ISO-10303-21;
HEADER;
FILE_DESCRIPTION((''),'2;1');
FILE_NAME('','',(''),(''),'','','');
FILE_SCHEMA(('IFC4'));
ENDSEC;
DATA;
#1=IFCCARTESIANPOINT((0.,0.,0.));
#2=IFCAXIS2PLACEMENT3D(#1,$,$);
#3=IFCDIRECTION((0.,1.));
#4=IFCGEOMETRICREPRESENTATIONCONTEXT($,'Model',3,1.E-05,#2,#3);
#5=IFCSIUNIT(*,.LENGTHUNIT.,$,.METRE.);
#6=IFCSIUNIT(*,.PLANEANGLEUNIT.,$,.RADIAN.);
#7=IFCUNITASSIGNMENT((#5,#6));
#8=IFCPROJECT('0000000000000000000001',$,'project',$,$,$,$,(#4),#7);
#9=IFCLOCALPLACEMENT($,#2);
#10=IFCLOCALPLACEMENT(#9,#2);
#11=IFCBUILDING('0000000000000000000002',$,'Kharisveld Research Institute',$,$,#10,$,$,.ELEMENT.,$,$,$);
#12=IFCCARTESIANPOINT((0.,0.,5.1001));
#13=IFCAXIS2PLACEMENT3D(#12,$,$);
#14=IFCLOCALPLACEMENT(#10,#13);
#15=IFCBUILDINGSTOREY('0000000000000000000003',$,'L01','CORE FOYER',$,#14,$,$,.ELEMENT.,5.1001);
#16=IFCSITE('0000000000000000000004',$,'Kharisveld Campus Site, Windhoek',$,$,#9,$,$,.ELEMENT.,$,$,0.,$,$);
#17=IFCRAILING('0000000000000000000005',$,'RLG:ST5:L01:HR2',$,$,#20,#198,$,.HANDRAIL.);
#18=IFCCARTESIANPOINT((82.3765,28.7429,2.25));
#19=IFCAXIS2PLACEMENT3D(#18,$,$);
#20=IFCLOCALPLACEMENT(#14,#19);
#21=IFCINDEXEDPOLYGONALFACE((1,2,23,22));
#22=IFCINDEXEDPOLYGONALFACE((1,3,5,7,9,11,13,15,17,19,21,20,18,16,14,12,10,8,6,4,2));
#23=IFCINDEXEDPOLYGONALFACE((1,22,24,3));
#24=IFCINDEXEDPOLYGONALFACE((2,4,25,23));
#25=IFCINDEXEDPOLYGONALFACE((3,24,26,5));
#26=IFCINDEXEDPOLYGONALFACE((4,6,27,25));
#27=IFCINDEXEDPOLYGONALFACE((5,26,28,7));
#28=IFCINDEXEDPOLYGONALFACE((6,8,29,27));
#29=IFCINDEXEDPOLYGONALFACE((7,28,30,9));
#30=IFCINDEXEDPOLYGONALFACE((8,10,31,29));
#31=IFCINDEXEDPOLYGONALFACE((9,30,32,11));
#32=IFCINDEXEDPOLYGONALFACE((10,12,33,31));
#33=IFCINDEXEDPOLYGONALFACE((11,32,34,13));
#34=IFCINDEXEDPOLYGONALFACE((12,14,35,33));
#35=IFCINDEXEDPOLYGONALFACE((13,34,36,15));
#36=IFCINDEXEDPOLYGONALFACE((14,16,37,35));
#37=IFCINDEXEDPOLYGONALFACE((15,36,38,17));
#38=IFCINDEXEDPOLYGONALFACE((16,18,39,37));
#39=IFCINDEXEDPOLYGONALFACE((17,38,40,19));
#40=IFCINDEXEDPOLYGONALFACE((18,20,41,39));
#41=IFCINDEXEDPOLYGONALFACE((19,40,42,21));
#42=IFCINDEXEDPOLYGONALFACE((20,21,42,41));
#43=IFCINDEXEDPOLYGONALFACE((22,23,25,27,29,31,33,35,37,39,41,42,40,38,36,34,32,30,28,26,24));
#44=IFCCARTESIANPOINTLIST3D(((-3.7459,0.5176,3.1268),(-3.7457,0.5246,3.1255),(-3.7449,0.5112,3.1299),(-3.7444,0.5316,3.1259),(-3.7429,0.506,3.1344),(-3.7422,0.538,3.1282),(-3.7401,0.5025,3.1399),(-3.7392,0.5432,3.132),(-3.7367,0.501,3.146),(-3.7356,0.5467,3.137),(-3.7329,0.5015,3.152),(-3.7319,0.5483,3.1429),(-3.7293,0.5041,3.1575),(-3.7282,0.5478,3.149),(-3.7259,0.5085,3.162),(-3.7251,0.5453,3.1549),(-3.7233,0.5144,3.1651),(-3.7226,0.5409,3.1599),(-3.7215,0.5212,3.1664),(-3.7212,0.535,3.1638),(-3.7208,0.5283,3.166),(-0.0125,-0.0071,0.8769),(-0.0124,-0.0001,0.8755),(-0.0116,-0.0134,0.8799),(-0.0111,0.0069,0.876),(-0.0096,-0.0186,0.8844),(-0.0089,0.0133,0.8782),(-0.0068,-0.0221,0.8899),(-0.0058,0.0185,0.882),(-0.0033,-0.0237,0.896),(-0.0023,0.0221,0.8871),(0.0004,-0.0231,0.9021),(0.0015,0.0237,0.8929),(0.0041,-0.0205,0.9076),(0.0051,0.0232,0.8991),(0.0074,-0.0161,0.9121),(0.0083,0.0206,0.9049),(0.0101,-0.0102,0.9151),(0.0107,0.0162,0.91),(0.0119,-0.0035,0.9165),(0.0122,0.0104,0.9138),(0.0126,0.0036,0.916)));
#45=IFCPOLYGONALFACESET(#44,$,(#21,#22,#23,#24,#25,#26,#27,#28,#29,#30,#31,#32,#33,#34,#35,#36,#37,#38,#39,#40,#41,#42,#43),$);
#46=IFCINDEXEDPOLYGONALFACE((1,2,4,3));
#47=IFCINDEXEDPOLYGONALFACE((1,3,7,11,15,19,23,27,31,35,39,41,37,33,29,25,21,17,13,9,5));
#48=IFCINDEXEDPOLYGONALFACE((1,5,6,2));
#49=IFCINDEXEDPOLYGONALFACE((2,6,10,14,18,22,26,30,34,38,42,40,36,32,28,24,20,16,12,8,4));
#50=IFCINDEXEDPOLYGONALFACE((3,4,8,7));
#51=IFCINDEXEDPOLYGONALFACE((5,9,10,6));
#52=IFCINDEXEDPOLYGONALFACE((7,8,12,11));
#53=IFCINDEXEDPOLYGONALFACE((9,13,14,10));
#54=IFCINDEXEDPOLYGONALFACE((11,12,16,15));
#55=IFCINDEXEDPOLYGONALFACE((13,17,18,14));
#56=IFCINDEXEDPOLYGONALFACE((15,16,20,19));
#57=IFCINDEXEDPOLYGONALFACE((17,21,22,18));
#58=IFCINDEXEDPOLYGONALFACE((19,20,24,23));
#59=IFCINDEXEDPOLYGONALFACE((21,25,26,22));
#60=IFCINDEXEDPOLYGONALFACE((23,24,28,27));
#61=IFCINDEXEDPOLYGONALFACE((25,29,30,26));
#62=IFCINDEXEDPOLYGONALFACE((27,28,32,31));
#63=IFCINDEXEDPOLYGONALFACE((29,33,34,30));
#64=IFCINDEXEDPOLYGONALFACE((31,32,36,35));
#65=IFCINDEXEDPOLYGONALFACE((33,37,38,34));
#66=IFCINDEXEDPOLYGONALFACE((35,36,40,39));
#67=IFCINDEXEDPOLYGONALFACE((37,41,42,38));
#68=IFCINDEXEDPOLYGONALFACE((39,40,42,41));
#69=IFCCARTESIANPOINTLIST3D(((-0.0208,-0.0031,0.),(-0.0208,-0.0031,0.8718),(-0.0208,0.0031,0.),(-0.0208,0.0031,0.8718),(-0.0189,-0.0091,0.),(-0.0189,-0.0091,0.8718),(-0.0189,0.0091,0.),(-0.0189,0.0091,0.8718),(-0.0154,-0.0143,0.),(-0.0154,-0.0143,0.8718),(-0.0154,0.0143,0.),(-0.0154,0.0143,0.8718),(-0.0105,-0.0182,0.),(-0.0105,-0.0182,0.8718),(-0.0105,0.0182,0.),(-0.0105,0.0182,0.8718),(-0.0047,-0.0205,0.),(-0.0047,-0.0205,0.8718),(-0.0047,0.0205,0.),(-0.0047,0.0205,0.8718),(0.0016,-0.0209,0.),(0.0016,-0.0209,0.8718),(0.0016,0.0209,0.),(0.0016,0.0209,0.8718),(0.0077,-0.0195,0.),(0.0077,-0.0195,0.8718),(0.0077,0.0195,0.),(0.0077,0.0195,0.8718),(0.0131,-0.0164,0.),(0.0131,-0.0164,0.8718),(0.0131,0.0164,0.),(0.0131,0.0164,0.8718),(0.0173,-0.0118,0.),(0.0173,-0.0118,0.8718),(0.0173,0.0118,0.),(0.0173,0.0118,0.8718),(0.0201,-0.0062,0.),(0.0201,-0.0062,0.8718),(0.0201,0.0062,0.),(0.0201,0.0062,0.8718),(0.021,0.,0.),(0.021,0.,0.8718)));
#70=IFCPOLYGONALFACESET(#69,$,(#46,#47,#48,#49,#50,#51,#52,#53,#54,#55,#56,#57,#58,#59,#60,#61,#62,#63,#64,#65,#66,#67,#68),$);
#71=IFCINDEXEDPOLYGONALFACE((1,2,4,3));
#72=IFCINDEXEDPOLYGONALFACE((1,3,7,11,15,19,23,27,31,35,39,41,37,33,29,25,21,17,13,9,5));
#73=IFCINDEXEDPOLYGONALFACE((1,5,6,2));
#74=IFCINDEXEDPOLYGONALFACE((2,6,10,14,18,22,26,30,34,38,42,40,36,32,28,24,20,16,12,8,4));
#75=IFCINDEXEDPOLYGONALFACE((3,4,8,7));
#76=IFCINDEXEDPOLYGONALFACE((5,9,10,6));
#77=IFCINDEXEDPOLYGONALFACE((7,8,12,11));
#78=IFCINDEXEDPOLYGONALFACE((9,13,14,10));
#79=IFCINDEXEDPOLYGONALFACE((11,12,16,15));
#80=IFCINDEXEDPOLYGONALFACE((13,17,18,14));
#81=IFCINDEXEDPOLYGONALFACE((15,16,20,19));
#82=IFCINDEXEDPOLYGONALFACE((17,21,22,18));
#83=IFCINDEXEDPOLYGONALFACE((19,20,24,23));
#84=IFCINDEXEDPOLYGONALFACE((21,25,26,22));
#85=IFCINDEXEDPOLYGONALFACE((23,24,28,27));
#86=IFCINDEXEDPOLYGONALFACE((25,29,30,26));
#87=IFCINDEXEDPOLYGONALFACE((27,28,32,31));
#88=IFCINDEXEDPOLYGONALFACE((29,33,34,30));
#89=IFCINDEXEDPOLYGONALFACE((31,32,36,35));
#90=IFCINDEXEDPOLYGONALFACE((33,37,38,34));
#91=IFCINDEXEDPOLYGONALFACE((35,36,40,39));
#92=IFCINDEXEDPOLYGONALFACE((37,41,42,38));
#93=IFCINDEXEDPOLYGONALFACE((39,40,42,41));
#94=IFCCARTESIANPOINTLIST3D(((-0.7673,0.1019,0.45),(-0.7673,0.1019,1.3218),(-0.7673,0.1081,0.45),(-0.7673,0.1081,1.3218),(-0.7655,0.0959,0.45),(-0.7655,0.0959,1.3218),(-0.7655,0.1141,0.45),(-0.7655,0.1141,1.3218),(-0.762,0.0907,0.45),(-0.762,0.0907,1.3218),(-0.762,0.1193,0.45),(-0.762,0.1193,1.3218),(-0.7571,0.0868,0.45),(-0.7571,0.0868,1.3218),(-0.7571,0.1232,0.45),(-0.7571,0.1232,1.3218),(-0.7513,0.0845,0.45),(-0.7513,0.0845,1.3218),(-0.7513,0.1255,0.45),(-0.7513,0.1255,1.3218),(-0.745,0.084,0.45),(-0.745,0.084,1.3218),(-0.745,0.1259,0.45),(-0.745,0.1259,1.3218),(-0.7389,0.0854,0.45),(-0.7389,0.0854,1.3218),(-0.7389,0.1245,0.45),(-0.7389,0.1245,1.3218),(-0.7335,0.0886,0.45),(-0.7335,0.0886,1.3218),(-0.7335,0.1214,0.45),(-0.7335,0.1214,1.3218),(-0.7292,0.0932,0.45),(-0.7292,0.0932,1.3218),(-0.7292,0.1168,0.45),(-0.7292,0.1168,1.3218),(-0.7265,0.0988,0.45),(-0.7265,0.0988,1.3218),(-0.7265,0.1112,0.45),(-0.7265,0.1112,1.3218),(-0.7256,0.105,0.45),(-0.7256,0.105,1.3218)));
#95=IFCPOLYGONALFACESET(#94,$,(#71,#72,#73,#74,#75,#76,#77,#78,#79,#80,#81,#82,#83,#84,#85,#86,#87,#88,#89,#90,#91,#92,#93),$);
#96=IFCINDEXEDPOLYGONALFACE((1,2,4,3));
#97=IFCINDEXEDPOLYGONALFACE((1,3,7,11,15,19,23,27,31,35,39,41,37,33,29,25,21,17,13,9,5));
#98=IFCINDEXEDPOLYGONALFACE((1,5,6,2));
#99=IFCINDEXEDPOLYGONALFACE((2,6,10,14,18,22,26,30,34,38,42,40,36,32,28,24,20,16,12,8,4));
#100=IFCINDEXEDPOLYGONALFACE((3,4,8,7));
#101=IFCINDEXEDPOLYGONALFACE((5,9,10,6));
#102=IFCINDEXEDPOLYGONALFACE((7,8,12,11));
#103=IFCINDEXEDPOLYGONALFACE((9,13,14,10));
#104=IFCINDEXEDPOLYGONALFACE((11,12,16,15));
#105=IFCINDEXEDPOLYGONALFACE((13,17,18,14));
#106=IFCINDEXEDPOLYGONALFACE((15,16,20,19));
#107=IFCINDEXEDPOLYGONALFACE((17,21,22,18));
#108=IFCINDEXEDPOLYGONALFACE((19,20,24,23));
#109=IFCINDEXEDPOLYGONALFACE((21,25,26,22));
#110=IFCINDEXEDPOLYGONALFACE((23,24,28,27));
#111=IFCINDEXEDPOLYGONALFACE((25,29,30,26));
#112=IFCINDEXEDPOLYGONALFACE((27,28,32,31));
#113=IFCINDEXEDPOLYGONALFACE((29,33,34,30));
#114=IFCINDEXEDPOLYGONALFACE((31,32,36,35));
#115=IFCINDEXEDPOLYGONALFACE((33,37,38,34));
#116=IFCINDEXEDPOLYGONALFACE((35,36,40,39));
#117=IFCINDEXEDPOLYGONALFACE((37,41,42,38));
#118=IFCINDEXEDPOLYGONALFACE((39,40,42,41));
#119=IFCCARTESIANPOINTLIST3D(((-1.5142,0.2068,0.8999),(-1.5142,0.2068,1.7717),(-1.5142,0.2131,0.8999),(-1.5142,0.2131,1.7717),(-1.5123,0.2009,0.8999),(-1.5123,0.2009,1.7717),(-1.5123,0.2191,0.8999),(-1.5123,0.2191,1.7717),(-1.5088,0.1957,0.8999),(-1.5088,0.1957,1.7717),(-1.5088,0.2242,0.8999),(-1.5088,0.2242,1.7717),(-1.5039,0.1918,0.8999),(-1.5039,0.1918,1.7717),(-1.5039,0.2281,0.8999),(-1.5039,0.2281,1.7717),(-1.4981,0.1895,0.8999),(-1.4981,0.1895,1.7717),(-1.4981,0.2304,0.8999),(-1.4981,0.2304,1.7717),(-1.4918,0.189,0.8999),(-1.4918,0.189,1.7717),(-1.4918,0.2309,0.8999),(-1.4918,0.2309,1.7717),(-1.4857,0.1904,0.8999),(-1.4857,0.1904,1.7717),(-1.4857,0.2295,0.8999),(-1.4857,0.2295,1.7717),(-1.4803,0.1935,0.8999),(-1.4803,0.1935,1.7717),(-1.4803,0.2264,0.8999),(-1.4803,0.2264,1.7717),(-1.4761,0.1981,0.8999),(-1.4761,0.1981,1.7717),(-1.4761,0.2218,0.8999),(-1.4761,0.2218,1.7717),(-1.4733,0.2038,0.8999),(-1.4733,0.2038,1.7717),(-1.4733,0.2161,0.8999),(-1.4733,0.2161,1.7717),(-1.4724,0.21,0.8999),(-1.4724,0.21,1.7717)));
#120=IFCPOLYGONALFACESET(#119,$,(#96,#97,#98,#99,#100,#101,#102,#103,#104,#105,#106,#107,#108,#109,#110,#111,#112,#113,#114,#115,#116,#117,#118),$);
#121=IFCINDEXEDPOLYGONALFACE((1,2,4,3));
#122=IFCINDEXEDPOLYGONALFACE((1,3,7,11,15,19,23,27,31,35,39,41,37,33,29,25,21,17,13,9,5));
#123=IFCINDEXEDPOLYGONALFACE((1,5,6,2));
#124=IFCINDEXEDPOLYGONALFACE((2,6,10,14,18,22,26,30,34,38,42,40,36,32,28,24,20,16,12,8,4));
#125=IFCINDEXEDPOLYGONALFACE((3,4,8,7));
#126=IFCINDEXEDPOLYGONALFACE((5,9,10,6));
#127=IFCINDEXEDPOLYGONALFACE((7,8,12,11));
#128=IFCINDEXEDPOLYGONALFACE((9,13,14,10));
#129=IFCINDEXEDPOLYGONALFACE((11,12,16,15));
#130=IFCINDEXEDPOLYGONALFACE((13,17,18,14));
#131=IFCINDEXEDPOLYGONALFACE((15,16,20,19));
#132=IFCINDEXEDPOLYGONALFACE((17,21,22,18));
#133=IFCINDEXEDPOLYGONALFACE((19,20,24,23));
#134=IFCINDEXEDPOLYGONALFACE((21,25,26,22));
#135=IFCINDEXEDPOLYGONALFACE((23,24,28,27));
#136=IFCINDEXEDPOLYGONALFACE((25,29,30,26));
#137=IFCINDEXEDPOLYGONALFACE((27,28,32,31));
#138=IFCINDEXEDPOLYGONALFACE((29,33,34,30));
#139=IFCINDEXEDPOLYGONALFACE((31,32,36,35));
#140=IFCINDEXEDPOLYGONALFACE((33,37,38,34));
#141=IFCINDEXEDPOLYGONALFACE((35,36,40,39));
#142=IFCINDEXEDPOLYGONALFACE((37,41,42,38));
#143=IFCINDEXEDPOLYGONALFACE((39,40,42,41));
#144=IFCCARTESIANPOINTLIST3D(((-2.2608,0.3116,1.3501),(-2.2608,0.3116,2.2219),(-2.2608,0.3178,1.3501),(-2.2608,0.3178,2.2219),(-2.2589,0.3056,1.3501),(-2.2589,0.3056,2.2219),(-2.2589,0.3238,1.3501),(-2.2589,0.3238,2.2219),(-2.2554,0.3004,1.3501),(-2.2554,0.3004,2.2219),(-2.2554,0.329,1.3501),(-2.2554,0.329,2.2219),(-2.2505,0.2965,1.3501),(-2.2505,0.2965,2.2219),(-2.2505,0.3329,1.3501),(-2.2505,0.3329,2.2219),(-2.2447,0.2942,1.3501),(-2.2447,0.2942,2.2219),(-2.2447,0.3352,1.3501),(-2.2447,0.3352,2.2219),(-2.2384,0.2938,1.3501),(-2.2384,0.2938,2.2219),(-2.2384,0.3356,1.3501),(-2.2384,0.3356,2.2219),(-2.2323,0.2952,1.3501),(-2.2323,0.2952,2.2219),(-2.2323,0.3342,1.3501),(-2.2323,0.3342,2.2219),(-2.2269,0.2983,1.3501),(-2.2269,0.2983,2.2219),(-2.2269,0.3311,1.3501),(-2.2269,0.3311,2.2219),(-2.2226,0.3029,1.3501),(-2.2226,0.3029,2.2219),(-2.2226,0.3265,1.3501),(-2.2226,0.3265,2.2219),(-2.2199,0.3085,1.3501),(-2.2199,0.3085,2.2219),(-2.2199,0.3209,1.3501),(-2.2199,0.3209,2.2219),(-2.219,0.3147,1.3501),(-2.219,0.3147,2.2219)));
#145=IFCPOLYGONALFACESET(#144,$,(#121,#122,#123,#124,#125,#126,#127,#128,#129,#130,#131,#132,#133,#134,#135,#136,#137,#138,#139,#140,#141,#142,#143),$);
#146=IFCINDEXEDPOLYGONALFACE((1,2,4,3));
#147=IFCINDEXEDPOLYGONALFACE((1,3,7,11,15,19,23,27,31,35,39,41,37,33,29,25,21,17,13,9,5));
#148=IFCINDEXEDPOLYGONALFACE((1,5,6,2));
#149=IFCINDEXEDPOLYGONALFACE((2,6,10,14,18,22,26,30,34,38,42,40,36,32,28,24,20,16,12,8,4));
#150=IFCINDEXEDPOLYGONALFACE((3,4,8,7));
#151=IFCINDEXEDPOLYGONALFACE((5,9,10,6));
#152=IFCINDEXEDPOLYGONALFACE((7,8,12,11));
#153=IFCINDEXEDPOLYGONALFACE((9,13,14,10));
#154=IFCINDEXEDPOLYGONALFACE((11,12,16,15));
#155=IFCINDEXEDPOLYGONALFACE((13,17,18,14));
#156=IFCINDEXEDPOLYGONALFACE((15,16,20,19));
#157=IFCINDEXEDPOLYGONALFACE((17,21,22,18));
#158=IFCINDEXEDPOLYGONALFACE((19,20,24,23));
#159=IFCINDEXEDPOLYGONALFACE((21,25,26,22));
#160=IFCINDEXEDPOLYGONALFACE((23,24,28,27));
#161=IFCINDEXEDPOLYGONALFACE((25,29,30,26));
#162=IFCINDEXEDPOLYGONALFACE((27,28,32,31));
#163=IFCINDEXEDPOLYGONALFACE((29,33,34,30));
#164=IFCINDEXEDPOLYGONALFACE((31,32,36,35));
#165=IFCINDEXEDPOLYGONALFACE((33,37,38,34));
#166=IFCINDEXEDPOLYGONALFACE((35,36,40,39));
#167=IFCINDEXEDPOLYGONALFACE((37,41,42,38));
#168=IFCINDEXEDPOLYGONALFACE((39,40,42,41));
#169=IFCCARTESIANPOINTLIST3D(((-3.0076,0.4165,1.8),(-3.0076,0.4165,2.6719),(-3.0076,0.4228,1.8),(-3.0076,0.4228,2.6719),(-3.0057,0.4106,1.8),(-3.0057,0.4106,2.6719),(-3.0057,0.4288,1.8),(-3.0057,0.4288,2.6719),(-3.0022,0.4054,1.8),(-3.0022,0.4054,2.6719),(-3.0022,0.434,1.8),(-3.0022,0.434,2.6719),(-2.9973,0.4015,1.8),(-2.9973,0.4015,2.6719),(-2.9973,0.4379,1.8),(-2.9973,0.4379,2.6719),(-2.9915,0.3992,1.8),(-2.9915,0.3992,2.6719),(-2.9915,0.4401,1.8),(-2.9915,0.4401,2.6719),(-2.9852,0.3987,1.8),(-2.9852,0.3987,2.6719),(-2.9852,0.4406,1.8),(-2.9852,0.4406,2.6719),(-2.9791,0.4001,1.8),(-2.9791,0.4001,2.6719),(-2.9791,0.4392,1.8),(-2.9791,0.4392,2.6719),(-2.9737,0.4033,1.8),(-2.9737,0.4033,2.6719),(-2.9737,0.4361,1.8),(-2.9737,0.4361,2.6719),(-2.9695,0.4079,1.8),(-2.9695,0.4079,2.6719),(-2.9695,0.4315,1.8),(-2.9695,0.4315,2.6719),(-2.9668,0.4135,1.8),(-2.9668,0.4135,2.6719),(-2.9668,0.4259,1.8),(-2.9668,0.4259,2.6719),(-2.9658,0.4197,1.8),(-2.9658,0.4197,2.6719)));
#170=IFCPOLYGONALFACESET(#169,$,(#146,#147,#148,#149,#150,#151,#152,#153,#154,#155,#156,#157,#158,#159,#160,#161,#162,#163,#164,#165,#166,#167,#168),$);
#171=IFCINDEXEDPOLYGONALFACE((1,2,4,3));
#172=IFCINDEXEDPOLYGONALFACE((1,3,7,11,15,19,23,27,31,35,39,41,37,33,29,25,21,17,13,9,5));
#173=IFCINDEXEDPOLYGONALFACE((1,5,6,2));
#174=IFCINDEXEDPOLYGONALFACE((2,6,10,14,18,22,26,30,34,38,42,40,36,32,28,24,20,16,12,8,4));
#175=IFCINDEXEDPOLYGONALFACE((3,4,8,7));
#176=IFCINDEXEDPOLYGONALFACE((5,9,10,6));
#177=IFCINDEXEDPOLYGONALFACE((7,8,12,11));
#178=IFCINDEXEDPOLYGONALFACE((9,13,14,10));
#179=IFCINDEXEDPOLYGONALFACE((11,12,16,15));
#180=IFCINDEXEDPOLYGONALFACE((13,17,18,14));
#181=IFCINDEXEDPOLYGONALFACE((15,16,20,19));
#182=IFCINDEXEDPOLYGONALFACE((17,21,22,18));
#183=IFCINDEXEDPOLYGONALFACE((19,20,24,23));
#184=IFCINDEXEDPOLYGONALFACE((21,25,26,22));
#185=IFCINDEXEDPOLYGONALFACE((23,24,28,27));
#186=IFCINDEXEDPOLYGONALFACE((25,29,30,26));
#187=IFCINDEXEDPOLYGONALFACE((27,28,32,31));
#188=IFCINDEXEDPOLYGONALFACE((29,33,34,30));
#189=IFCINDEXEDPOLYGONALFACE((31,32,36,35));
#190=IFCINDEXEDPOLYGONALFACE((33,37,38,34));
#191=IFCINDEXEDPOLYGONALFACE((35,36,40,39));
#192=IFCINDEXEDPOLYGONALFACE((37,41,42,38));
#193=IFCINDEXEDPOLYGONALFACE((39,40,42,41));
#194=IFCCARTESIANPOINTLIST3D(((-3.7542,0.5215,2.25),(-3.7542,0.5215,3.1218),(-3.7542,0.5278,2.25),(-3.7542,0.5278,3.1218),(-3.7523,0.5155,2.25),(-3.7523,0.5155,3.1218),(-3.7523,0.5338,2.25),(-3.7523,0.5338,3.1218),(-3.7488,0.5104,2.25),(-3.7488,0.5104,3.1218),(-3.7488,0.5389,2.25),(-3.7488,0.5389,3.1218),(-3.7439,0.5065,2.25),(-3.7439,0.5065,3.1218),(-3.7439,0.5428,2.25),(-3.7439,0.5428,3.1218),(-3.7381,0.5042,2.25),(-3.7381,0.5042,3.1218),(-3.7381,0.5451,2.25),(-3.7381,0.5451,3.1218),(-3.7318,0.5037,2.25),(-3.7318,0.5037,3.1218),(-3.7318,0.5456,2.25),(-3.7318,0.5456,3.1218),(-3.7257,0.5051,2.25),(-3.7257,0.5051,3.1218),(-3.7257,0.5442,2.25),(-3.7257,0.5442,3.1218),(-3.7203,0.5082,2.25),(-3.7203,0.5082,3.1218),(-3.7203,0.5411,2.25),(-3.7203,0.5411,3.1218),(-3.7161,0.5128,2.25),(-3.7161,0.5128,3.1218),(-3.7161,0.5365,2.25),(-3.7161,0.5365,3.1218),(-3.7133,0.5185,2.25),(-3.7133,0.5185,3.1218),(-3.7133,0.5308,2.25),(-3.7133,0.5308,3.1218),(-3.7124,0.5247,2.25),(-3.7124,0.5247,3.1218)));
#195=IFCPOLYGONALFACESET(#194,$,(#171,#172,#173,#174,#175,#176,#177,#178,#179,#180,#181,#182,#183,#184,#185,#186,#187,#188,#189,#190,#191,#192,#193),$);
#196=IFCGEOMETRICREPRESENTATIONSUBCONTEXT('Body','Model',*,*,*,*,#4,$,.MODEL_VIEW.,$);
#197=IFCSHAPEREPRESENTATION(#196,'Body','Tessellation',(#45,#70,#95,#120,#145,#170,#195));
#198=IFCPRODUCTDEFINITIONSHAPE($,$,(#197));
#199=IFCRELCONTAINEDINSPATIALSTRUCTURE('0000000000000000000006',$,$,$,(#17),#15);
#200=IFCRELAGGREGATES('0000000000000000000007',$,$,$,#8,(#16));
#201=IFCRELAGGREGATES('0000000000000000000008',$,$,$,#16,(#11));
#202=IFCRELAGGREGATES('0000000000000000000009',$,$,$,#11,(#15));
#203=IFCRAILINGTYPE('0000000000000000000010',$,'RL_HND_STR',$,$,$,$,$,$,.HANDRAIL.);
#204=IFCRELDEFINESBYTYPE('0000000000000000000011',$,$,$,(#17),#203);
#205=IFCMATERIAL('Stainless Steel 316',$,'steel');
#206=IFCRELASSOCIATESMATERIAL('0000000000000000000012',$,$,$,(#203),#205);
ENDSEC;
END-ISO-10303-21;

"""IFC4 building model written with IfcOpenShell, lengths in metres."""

from ifc_helpers import new_model, si_unit, direction, frame, origin, origin_2d, place, context, subcontext, project, spatial, circle, extrude, material, type_object, element, save


model = new_model("IFC4")

# Units and contexts
model_context = context("Model", 3, precision=1e-05, world=origin(), true_north=direction((0.0, 1.0)))
body_context = subcontext(model_context, "Body", "Model", "MODEL_VIEW")
ifc_project = project(units=[si_unit("LENGTHUNIT", "METRE"), si_unit("PLANEANGLEUNIT", "RADIAN")], contexts=[model_context])

# Site, building, storey
site_placement = place(None, origin())
site = spatial("IfcSite", under=ifc_project, at=site_placement, Name="Kharisveld Campus Site, Windhoek", CompositionType="ELEMENT", RefElevation=0.0)
building_placement = place(site_placement, origin())
building = spatial("IfcBuilding", under=site, at=building_placement, Name="Kharisveld Research Institute", CompositionType="ELEMENT")
storey_placement = place(building_placement, frame((0.0, 0.0, 5.1001)))
storey = spatial("IfcBuildingStorey", under=building, at=storey_placement, Name="L01", Description="CORE FOYER", CompositionType="ELEMENT", Elevation=5.1001)

# Railing
ifc_material_1 = material(Name="Stainless Steel 316", Category="steel")
railing_type_1 = type_object("IfcRailingType", Name="RL_HND_STR", PredefinedType="HANDRAIL", material=ifc_material_1)
railing_1_placement = place(storey_placement, frame((82.3765, 28.7429, 2.25)))
element("IfcRailing", 1, at=railing_1_placement, inside=storey, type_object=railing_type_1, Name="RLG:ST5:L01:HR2", PredefinedType="HANDRAIL", context=body_context, shape_type="SweptSolid", body=[
    extrude(circle(Radius=0.0239, at=origin_2d()), frame((0.0, 0.0, 0.896), z_axis=(-0.850346, 0.1195, 0.512476), x_axis=(-0.139164, -0.990269, 0.0)), (0.0, 0.0, 1.0), 4.3904),
    extrude(circle(Radius=0.021, at=origin_2d()), origin(), (0.0, 0.0, 1.0), 0.8718),
    extrude(circle(Radius=0.021, at=origin_2d()), frame((-0.7466, 0.105, 0.45)), (0.0, 0.0, 1.0), 0.8718),
    extrude(circle(Radius=0.021, at=origin_2d()), frame((-1.4934, 0.21, 0.8999)), (0.0, 0.0, 1.0), 0.8718),
    extrude(circle(Radius=0.021, at=origin_2d()), frame((-2.24, 0.3147, 1.3501)), (0.0, 0.0, 1.0), 0.8718),
    extrude(circle(Radius=0.021, at=origin_2d()), frame((-2.9868, 0.4197, 1.8)), (0.0, 0.0, 1.0), 0.8718),
    extrude(circle(Radius=0.021, at=origin_2d()), frame((-3.7334, 0.5247, 2.25)), (0.0, 0.0, 1.0), 0.8718),
])

save(model, "model.ifc")
